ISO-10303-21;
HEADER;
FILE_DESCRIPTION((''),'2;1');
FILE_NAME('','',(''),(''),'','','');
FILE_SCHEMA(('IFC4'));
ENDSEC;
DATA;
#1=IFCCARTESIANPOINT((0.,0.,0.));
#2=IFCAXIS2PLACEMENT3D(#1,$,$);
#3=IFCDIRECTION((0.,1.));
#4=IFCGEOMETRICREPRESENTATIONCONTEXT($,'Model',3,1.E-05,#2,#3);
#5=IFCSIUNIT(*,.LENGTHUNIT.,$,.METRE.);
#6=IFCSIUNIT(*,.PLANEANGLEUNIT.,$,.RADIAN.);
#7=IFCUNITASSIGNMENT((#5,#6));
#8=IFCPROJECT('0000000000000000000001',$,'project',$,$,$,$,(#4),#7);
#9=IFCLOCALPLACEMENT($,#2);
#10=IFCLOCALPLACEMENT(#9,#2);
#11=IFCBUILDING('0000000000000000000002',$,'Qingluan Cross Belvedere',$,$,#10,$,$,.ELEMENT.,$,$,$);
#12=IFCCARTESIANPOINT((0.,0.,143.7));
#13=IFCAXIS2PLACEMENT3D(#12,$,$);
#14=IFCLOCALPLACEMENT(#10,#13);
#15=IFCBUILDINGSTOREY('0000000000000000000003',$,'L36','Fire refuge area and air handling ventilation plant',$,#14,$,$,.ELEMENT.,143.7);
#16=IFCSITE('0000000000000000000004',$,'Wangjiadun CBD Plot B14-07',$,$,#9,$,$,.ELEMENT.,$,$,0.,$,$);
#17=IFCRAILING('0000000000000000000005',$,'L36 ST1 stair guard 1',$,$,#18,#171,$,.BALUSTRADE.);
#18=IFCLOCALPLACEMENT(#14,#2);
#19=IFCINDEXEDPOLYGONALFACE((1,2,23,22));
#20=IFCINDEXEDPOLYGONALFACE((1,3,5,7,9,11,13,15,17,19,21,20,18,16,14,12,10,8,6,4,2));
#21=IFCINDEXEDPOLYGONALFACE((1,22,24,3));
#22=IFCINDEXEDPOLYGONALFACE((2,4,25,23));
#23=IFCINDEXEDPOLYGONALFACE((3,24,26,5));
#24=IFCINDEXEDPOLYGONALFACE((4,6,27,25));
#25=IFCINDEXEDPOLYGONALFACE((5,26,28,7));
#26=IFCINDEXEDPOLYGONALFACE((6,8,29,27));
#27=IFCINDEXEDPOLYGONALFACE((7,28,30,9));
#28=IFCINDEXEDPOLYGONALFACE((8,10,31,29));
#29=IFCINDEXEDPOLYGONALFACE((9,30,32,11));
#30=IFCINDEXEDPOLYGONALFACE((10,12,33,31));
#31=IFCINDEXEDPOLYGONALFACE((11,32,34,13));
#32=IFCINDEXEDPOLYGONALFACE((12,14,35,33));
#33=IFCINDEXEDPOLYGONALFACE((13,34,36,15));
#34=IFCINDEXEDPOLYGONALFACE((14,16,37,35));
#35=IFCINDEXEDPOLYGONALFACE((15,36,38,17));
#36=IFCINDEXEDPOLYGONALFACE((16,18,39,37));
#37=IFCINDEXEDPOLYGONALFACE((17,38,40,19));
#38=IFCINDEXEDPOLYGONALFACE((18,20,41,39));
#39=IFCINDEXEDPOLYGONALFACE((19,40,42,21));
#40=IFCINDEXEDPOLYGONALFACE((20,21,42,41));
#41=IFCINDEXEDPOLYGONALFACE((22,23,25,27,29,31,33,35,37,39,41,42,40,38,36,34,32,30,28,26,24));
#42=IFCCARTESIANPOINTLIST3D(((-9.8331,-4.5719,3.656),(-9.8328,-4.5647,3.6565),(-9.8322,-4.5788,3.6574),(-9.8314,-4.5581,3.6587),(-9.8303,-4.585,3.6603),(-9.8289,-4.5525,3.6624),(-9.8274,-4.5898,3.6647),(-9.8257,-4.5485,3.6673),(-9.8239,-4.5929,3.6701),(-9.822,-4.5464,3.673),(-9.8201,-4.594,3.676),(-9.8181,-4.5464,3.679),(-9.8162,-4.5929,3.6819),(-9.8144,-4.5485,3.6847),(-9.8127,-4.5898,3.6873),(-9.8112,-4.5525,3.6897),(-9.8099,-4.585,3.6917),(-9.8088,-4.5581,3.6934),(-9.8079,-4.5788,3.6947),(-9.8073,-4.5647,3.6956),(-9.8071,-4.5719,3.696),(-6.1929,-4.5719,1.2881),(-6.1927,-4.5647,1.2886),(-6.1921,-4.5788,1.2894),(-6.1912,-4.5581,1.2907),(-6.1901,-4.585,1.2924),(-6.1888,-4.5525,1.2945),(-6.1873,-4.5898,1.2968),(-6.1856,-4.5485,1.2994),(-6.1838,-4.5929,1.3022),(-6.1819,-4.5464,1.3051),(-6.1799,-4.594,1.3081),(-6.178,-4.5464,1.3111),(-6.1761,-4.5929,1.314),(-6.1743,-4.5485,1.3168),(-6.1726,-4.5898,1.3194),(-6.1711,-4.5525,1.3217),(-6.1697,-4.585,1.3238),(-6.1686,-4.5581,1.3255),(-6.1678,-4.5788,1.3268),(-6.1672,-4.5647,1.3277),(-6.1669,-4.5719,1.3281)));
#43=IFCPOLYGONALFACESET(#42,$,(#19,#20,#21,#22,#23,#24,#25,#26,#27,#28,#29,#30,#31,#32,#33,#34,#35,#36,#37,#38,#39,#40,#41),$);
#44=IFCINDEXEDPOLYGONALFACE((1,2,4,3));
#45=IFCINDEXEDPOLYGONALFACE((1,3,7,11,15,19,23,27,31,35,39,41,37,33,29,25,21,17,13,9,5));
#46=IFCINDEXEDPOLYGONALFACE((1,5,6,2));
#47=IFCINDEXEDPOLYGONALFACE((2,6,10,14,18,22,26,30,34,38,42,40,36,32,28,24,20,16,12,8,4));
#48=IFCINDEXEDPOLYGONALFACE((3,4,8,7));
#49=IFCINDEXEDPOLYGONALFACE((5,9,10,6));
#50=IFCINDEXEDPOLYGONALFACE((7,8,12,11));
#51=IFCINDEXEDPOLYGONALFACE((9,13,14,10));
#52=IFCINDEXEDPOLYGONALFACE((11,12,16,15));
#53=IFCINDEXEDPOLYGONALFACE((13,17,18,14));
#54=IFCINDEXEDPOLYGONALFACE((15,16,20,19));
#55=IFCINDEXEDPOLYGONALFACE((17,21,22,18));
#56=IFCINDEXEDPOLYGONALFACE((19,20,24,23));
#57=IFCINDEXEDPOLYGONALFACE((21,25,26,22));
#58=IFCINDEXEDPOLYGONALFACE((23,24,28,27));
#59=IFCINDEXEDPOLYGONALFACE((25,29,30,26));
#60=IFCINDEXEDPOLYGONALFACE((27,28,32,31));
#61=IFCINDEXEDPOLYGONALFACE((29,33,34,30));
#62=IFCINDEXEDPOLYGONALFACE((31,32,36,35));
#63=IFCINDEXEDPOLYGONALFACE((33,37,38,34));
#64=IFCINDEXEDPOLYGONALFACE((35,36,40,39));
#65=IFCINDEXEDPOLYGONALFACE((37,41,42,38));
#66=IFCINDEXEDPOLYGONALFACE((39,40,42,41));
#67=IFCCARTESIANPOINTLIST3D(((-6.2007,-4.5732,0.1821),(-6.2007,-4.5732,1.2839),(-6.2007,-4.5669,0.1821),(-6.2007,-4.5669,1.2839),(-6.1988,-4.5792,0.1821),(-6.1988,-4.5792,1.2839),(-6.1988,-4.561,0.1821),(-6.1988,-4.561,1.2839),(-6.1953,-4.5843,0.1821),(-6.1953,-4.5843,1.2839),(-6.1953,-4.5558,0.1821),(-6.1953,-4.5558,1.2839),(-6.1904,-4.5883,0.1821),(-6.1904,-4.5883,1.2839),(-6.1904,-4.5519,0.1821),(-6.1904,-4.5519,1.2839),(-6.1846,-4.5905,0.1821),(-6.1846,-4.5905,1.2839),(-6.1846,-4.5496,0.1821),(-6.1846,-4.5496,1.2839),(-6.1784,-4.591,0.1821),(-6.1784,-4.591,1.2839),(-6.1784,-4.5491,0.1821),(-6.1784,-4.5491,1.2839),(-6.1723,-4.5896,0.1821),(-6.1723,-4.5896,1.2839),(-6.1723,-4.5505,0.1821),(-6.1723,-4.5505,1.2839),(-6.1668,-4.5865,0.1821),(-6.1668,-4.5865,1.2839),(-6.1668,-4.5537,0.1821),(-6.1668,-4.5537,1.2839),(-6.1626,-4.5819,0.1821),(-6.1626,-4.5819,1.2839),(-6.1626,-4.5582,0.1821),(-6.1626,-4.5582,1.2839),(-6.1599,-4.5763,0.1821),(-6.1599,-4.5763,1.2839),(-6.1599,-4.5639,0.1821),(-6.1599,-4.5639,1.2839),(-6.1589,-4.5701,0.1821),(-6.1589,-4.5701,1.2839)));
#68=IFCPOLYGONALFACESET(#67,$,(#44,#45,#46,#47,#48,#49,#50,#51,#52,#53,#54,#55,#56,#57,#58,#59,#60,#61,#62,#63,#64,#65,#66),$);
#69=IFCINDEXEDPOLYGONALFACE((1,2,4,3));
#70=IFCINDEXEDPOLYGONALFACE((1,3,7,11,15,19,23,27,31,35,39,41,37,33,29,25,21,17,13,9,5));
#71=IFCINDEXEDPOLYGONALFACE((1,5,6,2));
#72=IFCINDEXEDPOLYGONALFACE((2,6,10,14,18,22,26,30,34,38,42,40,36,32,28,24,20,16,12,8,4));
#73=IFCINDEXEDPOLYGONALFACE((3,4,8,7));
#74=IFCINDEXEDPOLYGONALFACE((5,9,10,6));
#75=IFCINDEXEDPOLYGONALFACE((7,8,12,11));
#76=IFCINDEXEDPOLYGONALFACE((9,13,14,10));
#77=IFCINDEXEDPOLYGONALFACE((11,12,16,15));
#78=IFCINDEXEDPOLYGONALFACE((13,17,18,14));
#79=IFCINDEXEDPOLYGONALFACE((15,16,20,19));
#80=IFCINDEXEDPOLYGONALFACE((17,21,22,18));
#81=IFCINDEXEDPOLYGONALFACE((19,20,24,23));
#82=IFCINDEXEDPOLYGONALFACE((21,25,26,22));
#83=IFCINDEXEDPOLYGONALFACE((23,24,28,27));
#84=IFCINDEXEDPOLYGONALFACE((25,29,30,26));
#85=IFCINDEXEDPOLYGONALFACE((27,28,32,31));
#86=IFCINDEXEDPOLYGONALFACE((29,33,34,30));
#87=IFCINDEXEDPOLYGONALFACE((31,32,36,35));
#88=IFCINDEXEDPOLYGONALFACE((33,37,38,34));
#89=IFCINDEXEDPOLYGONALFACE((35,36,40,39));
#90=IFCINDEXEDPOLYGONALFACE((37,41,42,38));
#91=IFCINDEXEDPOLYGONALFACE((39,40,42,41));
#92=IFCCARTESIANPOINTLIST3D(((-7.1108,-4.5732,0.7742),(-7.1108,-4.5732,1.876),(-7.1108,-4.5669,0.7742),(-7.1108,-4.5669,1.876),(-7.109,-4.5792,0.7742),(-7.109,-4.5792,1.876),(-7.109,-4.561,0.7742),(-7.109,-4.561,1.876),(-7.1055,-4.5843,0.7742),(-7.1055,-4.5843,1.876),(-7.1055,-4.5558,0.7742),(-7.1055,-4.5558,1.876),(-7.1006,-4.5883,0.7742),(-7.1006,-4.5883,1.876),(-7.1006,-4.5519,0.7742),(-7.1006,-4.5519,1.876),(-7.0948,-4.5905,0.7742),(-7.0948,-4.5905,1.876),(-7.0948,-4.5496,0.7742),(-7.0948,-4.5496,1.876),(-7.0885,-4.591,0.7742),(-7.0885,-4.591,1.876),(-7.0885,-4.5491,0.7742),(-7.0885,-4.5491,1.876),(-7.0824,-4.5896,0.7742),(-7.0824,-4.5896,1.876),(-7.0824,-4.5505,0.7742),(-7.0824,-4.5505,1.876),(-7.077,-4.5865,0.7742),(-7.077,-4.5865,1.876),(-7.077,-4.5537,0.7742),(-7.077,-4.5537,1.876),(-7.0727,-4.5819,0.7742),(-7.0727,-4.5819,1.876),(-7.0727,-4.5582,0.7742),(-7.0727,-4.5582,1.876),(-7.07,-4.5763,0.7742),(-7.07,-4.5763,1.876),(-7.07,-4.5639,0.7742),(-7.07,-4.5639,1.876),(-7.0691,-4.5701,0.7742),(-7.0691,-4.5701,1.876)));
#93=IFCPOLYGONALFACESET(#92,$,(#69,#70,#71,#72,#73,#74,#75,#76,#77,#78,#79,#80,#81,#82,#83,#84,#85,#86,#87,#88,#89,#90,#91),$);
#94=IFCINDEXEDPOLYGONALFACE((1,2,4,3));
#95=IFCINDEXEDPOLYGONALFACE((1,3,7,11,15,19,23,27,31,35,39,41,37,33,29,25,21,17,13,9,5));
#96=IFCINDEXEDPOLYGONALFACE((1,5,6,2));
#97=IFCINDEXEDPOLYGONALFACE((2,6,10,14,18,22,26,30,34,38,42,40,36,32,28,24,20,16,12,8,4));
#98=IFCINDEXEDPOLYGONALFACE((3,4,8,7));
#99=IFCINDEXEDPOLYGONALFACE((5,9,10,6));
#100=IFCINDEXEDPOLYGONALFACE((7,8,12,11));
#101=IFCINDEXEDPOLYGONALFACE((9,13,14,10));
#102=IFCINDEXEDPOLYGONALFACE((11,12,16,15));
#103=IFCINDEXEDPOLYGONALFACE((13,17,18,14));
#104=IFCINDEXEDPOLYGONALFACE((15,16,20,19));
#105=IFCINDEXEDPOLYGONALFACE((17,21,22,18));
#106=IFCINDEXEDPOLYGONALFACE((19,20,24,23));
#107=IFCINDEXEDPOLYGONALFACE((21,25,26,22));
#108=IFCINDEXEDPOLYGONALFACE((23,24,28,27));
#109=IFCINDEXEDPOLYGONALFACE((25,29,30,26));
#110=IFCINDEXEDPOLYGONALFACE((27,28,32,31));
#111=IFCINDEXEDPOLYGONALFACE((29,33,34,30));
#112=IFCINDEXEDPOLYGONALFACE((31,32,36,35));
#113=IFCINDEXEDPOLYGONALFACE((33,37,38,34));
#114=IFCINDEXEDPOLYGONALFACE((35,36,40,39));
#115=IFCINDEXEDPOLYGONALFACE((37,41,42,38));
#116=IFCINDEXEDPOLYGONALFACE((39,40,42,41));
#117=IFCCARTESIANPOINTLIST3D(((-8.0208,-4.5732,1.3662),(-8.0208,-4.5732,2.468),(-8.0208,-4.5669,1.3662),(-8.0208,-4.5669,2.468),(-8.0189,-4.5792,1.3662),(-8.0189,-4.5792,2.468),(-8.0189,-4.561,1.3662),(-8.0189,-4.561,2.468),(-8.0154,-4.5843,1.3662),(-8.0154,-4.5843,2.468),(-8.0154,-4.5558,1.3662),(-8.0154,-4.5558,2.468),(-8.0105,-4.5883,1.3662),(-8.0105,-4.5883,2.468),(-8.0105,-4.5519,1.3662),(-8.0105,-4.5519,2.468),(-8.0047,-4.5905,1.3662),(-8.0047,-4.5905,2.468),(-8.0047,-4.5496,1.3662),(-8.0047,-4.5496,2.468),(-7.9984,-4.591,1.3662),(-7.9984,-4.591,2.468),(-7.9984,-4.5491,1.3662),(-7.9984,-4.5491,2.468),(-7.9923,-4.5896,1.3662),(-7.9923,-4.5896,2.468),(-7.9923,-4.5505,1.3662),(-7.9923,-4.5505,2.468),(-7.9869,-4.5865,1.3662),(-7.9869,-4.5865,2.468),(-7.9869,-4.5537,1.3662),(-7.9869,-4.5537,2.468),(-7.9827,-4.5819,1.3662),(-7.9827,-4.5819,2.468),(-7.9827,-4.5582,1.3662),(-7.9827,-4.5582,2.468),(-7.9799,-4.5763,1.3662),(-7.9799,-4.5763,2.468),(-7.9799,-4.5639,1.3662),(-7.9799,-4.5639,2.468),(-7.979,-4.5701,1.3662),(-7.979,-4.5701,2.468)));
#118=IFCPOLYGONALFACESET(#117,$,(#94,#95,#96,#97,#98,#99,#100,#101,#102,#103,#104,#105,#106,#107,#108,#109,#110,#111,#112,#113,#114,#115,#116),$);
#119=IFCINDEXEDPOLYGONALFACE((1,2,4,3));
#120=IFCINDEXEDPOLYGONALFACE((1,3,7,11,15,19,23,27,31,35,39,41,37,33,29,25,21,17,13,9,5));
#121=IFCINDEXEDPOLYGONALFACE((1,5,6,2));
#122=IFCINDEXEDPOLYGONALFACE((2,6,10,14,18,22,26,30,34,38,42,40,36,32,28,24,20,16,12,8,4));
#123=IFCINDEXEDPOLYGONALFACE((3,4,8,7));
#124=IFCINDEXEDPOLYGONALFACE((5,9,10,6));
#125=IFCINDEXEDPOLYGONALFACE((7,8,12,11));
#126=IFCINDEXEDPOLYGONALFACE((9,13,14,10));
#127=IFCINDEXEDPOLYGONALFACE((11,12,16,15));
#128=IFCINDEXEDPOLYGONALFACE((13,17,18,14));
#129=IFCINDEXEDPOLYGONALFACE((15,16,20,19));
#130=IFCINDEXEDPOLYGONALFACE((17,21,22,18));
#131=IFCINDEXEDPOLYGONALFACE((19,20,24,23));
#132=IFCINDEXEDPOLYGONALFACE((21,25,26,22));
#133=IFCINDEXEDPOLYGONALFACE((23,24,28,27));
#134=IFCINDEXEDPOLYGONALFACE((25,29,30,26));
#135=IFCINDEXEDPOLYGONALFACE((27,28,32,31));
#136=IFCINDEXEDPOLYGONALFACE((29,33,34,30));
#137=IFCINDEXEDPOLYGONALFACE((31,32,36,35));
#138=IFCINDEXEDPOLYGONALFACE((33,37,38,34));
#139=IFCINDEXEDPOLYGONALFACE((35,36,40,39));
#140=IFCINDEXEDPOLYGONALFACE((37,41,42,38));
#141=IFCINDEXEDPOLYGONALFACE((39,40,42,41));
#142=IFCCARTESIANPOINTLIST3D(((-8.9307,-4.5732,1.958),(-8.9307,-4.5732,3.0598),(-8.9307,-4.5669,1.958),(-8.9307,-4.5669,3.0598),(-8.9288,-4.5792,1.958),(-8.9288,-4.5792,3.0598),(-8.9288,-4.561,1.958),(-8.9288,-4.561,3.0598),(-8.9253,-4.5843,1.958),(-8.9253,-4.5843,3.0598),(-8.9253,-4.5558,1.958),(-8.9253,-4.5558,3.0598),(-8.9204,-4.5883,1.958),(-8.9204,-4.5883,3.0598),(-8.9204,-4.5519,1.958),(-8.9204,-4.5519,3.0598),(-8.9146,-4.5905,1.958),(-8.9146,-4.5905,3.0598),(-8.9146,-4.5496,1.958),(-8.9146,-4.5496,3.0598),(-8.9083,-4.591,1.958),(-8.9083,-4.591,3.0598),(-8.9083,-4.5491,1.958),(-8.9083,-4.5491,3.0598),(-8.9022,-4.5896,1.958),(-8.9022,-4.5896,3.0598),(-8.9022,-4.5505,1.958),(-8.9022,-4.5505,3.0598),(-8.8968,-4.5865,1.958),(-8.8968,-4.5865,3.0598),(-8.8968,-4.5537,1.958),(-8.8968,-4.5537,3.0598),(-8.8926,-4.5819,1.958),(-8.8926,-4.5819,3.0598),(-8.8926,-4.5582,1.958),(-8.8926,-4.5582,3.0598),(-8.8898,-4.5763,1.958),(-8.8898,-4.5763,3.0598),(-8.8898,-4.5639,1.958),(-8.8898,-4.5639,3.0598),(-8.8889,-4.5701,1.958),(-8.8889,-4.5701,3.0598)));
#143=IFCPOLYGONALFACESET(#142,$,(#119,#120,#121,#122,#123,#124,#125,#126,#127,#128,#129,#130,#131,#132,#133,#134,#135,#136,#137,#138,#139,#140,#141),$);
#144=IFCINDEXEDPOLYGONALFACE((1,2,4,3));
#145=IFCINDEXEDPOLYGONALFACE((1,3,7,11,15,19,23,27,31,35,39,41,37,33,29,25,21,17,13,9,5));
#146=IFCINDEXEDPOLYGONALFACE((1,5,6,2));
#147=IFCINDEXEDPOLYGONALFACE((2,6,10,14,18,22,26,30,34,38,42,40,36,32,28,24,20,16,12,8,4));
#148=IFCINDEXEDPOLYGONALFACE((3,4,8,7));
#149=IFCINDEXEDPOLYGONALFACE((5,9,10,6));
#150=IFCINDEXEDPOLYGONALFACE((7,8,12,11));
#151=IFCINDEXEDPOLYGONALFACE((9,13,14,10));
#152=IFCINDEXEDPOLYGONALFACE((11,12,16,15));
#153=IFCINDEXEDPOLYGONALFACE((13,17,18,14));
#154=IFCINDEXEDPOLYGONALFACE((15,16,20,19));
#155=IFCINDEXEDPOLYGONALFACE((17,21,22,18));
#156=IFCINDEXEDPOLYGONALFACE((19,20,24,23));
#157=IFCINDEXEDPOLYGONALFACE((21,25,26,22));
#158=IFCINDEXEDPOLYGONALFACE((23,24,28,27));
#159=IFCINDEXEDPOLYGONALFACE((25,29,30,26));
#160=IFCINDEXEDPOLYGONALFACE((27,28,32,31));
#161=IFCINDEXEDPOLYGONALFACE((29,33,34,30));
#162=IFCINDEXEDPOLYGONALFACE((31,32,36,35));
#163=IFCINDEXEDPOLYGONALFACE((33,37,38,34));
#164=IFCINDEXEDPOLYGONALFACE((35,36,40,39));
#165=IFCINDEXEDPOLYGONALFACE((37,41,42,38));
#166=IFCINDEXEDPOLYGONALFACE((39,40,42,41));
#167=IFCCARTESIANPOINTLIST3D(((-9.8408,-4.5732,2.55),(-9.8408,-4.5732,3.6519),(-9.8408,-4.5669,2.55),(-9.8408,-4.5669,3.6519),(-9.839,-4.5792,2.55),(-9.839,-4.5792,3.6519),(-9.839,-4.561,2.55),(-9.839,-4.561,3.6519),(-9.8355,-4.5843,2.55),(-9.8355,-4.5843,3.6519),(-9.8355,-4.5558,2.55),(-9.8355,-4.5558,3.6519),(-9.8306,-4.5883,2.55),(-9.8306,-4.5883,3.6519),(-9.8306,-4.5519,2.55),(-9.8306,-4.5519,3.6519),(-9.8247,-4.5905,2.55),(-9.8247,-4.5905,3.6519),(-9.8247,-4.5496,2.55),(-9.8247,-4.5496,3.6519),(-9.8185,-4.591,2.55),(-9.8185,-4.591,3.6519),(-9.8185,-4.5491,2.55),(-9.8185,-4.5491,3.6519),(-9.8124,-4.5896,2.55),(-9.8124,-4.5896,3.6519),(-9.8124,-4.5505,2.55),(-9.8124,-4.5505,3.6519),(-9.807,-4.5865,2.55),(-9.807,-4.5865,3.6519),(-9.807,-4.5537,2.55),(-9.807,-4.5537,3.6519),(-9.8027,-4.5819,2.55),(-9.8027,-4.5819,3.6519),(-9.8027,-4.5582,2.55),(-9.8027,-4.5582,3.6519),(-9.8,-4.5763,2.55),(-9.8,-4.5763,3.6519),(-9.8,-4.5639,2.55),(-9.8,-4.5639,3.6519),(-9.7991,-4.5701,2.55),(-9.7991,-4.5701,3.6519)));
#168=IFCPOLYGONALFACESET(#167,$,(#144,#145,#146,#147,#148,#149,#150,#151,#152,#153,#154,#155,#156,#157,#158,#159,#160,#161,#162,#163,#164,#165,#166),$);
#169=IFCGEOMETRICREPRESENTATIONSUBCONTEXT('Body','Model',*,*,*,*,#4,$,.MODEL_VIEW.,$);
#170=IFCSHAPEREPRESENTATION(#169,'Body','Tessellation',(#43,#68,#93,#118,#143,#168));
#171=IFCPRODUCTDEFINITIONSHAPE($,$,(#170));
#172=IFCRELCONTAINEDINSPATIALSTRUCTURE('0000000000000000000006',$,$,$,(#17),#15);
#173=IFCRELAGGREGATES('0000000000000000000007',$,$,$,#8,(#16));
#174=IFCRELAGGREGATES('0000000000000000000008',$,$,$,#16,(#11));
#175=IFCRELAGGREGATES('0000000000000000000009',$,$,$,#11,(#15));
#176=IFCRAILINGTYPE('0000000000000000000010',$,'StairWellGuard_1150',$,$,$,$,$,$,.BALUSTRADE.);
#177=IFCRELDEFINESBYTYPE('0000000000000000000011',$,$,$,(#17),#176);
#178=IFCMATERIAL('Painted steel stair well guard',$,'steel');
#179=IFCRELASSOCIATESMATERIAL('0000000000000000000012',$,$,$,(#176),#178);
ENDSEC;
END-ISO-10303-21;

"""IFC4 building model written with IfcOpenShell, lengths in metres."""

from ifc_helpers import new_model, si_unit, direction, frame, origin, origin_2d, place, context, subcontext, project, spatial, circle, extrude, material, type_object, element, save


model = new_model("IFC4")

# Units and contexts
model_context = context("Model", 3, precision=1e-05, world=origin(), true_north=direction((0.0, 1.0)))
body_context = subcontext(model_context, "Body", "Model", "MODEL_VIEW")
ifc_project = project(units=[si_unit("LENGTHUNIT", "METRE"), si_unit("PLANEANGLEUNIT", "RADIAN")], contexts=[model_context])

# Site, building, storey
site_placement = place(None, origin())
site = spatial("IfcSite", under=ifc_project, at=site_placement, Name="Wangjiadun CBD Plot B14-07", CompositionType="ELEMENT", RefElevation=0.0)
building_placement = place(site_placement, origin())
building = spatial("IfcBuilding", under=site, at=building_placement, Name="Qingluan Cross Belvedere", CompositionType="ELEMENT")
storey_placement = place(building_placement, frame((0.0, 0.0, 143.7)))
storey = spatial("IfcBuildingStorey", under=building, at=storey_placement, Name="L36", Description="Fire refuge area and air handling ventilation plant", CompositionType="ELEMENT", Elevation=143.7)

# Railing
ifc_material_1 = material(Name="Painted steel stair well guard", Category="steel")
railing_type_1 = type_object("IfcRailingType", Name="StairWellGuard_1150", PredefinedType="BALUSTRADE", material=ifc_material_1)
railing_1_placement = place(storey_placement, frame((-6.1799, -4.5701, 0.1821)))
element("IfcRailing", 1, at=railing_1_placement, inside=storey, type_object=railing_type_1, Name="L36 ST1 stair guard 1", PredefinedType="BALUSTRADE", context=body_context, shape_type="SweptSolid", body=[
    extrude(circle(Radius=0.0239, at=origin_2d()), frame((0.0, 0.0, 1.126), z_axis=(-0.838251, 0.0, 0.545285), x_axis=(0.0, -1.0, 0.0)), (0.0, 0.0, 1.0), 4.3425),
    extrude(circle(Radius=0.021, at=origin_2d()), origin(), (0.0, 0.0, 1.0), 1.1018),
    extrude(circle(Radius=0.021, at=origin_2d()), frame((-0.9102, 0.0, 0.592)), (0.0, 0.0, 1.0), 1.1018),
    extrude(circle(Radius=0.021, at=origin_2d()), frame((-1.8201, 0.0, 1.1841)), (0.0, 0.0, 1.0), 1.1018),
    extrude(circle(Radius=0.021, at=origin_2d()), frame((-2.73, 0.0, 1.7759)), (0.0, 0.0, 1.0), 1.1018),
    extrude(circle(Radius=0.021, at=origin_2d()), frame((-3.6401, 0.0, 2.3679)), (0.0, 0.0, 1.0), 1.1018),
])

save(model, "model.ifc")
